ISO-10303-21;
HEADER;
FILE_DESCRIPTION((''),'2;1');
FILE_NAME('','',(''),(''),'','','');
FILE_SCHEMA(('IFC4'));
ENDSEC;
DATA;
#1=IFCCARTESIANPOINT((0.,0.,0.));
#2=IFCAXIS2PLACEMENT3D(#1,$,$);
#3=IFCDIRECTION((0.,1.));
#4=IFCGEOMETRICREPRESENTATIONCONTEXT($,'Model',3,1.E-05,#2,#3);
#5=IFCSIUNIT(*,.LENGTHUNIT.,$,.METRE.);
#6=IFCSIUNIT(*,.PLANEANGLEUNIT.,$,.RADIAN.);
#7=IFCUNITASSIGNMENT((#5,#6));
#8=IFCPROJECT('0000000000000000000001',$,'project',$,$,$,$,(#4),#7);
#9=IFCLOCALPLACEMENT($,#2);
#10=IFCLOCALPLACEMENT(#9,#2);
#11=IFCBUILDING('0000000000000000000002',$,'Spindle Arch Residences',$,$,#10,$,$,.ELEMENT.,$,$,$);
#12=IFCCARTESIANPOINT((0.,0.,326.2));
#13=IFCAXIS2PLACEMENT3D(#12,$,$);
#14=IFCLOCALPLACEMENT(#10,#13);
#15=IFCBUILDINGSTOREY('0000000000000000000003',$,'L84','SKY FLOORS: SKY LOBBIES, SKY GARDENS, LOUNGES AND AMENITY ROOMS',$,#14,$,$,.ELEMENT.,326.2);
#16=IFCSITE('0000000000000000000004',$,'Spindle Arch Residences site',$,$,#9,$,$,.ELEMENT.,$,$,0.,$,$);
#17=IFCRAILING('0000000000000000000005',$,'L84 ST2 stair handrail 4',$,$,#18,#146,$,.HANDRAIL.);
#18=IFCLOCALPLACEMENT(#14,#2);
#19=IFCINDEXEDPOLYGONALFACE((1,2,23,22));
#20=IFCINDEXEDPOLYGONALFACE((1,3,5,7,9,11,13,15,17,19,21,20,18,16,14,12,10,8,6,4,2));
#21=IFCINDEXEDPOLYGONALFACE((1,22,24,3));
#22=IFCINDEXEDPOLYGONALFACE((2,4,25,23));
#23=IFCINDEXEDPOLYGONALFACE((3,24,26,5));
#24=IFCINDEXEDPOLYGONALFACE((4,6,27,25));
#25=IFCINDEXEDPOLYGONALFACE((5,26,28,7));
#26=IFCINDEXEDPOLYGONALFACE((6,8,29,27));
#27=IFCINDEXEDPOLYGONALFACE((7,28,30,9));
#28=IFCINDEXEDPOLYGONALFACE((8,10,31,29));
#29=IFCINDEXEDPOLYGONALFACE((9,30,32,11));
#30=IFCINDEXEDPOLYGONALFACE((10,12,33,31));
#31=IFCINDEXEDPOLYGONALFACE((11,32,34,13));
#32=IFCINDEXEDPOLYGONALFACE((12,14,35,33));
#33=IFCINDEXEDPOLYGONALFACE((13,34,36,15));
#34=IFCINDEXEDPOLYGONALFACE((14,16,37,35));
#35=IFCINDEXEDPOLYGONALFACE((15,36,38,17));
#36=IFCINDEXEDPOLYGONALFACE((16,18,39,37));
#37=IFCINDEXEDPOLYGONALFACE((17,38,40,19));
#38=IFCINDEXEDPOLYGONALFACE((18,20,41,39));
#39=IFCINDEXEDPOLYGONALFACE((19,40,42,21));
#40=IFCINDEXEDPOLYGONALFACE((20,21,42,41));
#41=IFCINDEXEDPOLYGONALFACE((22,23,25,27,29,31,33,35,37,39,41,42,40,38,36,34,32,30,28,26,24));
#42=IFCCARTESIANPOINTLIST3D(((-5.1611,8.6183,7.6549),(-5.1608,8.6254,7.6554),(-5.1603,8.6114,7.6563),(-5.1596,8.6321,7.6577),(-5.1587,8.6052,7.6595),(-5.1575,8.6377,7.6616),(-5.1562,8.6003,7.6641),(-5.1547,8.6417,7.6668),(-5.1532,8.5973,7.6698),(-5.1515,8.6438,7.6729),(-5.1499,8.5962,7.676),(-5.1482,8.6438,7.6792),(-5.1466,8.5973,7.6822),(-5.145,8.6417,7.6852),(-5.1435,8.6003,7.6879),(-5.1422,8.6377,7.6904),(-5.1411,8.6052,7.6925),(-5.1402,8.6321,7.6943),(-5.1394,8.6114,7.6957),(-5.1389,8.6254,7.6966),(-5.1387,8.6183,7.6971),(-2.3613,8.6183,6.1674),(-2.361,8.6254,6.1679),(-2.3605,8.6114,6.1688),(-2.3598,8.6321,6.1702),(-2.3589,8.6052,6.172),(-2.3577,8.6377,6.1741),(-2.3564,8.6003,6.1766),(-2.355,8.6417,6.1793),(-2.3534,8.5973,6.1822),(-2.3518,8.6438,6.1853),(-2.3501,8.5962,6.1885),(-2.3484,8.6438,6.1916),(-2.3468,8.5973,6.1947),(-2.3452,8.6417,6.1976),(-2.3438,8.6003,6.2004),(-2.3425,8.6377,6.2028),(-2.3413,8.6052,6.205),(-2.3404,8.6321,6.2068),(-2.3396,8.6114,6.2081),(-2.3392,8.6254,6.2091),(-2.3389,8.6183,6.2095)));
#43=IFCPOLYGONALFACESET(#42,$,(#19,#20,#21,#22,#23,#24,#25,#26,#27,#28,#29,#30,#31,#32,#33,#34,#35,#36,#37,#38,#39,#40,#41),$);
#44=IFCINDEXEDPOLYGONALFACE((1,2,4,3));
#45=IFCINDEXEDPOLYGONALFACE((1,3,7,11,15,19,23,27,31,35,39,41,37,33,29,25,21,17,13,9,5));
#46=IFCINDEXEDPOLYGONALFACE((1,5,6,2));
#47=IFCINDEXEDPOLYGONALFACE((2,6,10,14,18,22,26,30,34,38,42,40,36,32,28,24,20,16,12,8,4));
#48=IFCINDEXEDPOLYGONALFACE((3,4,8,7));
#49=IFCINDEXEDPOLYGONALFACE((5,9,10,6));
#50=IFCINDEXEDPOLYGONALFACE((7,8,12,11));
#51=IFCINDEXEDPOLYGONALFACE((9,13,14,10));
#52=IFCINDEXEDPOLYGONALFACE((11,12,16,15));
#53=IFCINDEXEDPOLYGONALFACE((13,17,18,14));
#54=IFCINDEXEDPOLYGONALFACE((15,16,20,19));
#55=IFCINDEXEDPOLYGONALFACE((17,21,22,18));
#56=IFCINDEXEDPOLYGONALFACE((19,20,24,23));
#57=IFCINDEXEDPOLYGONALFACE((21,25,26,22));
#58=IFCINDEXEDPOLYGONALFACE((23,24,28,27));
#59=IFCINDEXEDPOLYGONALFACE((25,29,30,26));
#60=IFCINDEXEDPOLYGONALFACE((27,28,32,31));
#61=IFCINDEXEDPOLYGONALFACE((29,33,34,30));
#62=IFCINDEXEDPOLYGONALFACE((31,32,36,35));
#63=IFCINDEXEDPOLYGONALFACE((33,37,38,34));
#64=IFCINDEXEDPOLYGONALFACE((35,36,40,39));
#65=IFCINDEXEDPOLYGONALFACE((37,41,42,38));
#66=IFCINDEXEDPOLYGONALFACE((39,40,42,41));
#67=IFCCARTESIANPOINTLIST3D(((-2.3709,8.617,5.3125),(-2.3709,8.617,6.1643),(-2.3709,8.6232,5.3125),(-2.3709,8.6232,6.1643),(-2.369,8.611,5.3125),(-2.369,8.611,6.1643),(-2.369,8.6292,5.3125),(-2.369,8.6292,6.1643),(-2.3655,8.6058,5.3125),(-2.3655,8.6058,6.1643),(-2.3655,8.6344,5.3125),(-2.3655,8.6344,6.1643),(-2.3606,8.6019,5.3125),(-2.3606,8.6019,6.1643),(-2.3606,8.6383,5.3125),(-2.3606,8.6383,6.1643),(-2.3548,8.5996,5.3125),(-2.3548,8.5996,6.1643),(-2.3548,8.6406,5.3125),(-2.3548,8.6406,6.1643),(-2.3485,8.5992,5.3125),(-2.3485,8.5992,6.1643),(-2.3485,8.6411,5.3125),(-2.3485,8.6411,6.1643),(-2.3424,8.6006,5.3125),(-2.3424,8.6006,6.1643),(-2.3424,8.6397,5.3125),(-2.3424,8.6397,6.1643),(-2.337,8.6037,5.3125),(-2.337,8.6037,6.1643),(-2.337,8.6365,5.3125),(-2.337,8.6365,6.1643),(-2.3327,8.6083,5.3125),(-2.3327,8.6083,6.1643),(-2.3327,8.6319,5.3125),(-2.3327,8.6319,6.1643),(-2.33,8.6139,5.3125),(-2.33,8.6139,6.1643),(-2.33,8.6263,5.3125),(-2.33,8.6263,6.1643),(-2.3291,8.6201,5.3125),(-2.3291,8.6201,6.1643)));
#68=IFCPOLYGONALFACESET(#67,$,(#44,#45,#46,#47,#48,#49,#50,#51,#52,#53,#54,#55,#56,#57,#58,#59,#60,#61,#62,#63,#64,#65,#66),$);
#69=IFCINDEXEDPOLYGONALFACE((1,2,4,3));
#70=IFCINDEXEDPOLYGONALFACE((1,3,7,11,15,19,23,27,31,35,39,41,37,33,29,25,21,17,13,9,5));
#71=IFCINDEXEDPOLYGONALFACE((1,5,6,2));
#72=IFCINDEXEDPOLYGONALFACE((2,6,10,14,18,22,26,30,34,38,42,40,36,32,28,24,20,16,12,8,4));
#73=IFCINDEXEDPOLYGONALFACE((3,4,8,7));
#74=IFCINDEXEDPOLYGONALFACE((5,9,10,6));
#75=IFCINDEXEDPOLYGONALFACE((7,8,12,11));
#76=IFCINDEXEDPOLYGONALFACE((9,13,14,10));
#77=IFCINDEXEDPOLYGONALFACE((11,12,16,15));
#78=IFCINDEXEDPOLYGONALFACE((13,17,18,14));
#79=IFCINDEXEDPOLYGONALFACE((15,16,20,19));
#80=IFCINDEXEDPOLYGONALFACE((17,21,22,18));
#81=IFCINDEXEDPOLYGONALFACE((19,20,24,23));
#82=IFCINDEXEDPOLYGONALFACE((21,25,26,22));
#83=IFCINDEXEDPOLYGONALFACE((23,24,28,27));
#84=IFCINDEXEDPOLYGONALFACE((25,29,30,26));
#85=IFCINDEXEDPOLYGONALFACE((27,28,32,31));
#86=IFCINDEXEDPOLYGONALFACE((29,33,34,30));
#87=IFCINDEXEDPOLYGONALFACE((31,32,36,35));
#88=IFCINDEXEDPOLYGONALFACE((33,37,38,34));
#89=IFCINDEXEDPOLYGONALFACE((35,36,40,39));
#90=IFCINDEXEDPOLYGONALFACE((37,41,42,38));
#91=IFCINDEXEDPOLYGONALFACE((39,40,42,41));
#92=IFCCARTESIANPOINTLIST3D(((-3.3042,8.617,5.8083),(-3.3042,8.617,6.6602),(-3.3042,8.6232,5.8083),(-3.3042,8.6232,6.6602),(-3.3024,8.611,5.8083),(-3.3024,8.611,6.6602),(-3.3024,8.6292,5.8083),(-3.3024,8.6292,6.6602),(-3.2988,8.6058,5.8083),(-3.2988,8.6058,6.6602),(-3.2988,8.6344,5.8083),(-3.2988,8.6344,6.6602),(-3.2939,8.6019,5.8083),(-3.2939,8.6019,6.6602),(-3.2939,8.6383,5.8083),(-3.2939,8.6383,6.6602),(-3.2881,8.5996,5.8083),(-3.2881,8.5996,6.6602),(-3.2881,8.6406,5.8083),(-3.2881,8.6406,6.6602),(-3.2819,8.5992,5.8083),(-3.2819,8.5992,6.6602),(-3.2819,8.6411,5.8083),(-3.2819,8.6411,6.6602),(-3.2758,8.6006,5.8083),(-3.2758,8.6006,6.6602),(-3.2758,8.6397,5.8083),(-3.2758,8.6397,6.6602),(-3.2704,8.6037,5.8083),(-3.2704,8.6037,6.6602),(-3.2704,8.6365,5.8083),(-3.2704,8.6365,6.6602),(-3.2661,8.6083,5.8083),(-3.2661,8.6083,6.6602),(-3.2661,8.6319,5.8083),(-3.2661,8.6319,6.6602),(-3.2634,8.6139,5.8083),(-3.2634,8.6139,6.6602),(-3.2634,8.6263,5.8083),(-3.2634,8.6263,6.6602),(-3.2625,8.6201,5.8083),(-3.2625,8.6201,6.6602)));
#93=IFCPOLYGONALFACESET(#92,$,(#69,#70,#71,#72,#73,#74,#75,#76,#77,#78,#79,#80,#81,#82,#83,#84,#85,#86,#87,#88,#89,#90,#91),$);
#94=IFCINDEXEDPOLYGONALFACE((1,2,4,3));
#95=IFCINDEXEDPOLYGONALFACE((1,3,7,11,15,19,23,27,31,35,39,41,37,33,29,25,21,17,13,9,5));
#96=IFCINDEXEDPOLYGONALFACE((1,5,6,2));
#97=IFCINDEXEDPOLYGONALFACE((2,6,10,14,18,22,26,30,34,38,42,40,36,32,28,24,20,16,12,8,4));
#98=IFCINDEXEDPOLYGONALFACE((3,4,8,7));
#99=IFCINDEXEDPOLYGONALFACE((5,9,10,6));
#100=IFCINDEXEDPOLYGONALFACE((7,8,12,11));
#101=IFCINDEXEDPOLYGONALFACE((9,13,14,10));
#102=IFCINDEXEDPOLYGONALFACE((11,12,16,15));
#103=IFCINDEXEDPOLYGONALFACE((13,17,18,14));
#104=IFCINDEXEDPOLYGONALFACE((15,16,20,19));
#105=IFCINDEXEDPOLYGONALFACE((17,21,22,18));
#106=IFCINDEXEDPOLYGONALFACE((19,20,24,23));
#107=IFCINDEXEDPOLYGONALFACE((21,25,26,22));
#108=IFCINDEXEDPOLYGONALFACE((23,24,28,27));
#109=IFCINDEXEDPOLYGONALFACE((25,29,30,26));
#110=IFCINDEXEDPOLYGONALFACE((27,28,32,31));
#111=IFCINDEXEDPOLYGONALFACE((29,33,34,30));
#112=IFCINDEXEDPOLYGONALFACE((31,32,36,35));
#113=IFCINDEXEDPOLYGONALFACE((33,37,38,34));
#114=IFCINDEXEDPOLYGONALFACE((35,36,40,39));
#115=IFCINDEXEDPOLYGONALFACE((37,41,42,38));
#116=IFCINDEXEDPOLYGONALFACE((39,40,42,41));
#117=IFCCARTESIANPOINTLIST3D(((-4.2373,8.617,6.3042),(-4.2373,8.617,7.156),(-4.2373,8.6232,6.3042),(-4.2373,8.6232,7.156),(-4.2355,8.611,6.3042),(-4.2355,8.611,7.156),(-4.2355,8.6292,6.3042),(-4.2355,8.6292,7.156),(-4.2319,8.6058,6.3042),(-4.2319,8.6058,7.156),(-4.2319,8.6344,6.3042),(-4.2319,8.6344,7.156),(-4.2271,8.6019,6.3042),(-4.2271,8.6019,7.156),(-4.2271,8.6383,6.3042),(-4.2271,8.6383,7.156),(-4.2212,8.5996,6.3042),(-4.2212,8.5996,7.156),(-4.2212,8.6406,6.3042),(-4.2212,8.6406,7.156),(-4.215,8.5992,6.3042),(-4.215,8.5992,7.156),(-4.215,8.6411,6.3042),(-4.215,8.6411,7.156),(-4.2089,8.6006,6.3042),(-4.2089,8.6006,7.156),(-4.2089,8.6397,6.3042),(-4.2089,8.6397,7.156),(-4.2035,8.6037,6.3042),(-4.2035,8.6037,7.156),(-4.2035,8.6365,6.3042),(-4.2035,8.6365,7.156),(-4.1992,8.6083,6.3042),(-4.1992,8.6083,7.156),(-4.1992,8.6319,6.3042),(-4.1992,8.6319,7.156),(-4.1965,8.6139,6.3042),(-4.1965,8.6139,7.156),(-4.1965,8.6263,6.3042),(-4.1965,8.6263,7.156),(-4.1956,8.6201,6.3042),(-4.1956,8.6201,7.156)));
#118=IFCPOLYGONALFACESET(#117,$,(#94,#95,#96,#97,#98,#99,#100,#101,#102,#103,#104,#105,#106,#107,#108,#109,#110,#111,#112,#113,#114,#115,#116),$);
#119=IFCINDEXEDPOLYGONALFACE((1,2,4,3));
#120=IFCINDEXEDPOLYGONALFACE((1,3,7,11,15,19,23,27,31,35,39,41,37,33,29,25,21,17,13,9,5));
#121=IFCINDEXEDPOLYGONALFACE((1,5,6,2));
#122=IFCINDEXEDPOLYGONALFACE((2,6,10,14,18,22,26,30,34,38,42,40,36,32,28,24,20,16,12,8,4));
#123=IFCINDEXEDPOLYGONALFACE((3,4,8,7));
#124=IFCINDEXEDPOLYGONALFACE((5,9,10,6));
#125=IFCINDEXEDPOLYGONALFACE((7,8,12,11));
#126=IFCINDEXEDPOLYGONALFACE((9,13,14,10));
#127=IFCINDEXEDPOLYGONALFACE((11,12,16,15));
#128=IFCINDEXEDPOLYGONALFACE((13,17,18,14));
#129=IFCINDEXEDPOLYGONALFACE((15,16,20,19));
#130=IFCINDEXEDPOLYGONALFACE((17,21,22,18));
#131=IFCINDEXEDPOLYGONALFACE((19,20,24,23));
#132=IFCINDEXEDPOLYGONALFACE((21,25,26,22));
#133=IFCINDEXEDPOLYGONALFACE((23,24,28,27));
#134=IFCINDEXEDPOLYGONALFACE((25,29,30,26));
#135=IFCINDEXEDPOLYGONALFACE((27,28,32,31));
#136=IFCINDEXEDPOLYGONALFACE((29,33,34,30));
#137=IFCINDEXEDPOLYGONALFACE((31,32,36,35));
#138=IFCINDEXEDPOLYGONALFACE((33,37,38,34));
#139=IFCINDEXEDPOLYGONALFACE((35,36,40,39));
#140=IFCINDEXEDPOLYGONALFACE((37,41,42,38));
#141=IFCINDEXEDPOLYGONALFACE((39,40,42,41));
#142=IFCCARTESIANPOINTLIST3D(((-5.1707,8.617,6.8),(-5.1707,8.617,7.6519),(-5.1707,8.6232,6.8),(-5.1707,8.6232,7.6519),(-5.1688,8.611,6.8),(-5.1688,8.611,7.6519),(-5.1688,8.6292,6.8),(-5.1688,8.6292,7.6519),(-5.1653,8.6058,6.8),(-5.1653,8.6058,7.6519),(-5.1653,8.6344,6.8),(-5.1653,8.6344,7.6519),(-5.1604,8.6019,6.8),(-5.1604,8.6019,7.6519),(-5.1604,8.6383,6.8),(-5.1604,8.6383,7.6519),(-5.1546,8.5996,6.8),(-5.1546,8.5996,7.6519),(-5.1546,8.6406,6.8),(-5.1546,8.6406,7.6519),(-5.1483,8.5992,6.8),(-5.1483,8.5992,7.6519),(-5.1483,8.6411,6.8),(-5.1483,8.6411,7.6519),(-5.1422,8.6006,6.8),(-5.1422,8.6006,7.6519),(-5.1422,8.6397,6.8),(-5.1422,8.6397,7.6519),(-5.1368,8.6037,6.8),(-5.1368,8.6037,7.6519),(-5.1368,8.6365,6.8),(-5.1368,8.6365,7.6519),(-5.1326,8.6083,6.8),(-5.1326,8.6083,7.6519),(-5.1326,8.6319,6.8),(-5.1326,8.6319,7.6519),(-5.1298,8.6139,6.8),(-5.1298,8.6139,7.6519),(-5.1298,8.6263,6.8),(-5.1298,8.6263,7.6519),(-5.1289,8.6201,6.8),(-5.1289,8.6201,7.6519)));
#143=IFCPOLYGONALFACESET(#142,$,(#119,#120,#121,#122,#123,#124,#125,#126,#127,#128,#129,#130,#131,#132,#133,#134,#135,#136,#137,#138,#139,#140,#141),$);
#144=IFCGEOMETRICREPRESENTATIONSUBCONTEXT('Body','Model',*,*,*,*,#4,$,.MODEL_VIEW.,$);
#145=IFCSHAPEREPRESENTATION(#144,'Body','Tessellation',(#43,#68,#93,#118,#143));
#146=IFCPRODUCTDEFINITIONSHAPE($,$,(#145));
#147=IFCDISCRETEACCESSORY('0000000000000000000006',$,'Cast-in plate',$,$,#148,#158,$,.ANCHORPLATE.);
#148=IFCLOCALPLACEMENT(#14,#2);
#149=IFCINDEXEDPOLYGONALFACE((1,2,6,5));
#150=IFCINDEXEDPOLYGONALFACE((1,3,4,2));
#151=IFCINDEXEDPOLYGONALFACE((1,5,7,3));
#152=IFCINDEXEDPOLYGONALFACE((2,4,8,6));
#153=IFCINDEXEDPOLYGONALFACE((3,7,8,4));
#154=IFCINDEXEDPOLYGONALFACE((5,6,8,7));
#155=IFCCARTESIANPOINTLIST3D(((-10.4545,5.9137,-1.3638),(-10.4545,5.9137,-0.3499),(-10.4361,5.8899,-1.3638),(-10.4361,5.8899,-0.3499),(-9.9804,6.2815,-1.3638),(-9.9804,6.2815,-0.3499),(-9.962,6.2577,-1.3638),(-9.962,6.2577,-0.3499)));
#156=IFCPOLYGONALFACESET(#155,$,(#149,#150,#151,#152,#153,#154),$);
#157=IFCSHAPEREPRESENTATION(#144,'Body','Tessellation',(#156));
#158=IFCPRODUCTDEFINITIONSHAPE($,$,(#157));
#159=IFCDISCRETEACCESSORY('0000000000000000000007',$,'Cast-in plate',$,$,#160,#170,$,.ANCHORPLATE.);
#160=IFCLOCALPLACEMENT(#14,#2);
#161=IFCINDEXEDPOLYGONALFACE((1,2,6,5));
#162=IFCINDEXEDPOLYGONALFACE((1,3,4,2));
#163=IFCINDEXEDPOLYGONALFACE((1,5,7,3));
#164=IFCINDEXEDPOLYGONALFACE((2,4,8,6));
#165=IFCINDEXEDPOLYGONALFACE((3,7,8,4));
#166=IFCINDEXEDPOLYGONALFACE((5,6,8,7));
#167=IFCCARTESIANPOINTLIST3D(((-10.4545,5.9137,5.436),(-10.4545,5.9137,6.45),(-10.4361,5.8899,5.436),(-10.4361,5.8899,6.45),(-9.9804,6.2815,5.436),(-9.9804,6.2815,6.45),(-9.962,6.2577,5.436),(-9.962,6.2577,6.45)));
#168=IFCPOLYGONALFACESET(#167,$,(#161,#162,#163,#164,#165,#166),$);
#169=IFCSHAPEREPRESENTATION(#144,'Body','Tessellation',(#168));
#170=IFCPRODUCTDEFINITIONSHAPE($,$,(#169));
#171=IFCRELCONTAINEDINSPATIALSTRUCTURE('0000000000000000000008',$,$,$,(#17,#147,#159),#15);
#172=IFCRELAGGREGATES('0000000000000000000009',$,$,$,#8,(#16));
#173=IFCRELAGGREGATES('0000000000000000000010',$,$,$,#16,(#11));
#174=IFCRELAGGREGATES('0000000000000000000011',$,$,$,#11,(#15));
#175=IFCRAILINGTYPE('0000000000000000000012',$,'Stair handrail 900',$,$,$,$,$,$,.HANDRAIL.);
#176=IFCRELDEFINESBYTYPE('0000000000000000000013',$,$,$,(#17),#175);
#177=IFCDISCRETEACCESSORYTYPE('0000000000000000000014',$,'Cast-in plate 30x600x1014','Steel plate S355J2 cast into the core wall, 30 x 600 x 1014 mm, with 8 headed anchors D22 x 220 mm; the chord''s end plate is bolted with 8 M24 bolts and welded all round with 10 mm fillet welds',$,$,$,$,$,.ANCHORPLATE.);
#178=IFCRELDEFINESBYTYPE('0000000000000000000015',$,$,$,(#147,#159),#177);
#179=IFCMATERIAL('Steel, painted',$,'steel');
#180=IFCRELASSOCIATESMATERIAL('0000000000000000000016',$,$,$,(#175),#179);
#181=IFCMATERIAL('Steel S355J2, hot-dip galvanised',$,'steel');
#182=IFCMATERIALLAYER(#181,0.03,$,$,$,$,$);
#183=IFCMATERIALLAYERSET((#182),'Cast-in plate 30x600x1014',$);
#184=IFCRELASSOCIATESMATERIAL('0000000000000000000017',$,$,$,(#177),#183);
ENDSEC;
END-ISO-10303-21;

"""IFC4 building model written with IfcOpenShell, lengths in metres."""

from ifc_helpers import new_model, si_unit, direction, frame, origin, origin_2d, place, context, subcontext, project, spatial, rectangle, circle, extrude, material, layer, layer_set, type_object, element, save


model = new_model("IFC4")

# Units and contexts
model_context = context("Model", 3, precision=1e-05, world=origin(), true_north=direction((0.0, 1.0)))
body_context = subcontext(model_context, "Body", "Model", "MODEL_VIEW")
ifc_project = project(units=[si_unit("LENGTHUNIT", "METRE"), si_unit("PLANEANGLEUNIT", "RADIAN")], contexts=[model_context])

# Site, building, storey
site_placement = place(None, origin())
site = spatial("IfcSite", under=ifc_project, at=site_placement, Name="Spindle Arch Residences site", CompositionType="ELEMENT", RefElevation=0.0)
building_placement = place(site_placement, origin())
building = spatial("IfcBuilding", under=site, at=building_placement, Name="Spindle Arch Residences", CompositionType="ELEMENT")
storey_placement = place(building_placement, frame((0.0, 0.0, 326.2)))
storey = spatial("IfcBuildingStorey", under=building, at=storey_placement, Name="L84", Description="SKY FLOORS: SKY LOBBIES, SKY GARDENS, LOUNGES AND AMENITY ROOMS", CompositionType="ELEMENT", Elevation=326.2)

# Railing
ifc_material_1 = material(Name="Steel, painted", Category="steel")
railing_type_1 = type_object("IfcRailingType", Name="Stair handrail 900", PredefinedType="HANDRAIL", material=ifc_material_1)
railing_1_placement = place(storey_placement, frame((-2.3501, 8.6201, 5.3125)))
element("IfcRailing", 1, at=railing_1_placement, inside=storey, type_object=railing_type_1, Name="L84 ST2 stair handrail 4", PredefinedType="HANDRAIL", context=body_context, shape_type="SweptSolid", body=[
    extrude(circle(Radius=0.0239, at=origin_2d()), frame((0.0, 0.0, 0.876), z_axis=(-0.883096, 0.0, 0.469193), x_axis=(0.0, -1.0, 0.0)), (0.0, 0.0, 1.0), 3.1704),
    extrude(circle(Radius=0.021, at=origin_2d()), origin(), (0.0, 0.0, 1.0), 0.8518),
    extrude(circle(Radius=0.021, at=origin_2d()), frame((-0.9333, 0.0, 0.4958)), (0.0, 0.0, 1.0), 0.8518),
    extrude(circle(Radius=0.021, at=origin_2d()), frame((-1.8665, 0.0, 0.9917)), (0.0, 0.0, 1.0), 0.8518),
    extrude(circle(Radius=0.021, at=origin_2d()), frame((-2.7998, 0.0, 1.4875)), (0.0, 0.0, 1.0), 0.8518),
])

# Discrete accessories
ifc_material_2 = material(Name="Steel S355J2, hot-dip galvanised", Category="steel")
ifc_layer_1 = layer(ifc_material_2, 0.03)
ifc_layer_set_1 = layer_set([ifc_layer_1], Name="Cast-in plate 30x600x1014")
discrete_accessory_type = type_object("IfcDiscreteAccessoryType", Name="Cast-in plate 30x600x1014", Description="Steel plate S355J2 cast into the core wall, 30 x 600 x 1014 mm, with 8 headed anchors D22 x 220 mm; the chord's end plate is bolted with 8 M24 bolts and welded all round with 10 mm fillet welds", PredefinedType="ANCHORPLATE", material=ifc_layer_set_1)
for number, where, z_axis, x_axis, name in (
    (2, (-10.2083, 6.0857, -1.3638), (0.0, 0.0, 1.0), (-0.61291, 0.790153, 0.0), "Cast-in plate"),
    (3, (-10.2083, 6.0857, 5.436), (0.0, 0.0, 1.0), (-0.61291, 0.790153, 0.0), "Cast-in plate"),
):
    element("IfcDiscreteAccessory", number, at=place(storey_placement, frame(where, z_axis=z_axis, x_axis=x_axis)), inside=storey, type_object=discrete_accessory_type, Name=name, PredefinedType="ANCHORPLATE", context=body_context, shape_type="SweptSolid", body=[
        extrude(rectangle(XDim=0.03, YDim=0.6001, at=origin_2d()), origin(), (0.0, 0.0, 1.0), 1.0139),
    ])

save(model, "model.ifc")
